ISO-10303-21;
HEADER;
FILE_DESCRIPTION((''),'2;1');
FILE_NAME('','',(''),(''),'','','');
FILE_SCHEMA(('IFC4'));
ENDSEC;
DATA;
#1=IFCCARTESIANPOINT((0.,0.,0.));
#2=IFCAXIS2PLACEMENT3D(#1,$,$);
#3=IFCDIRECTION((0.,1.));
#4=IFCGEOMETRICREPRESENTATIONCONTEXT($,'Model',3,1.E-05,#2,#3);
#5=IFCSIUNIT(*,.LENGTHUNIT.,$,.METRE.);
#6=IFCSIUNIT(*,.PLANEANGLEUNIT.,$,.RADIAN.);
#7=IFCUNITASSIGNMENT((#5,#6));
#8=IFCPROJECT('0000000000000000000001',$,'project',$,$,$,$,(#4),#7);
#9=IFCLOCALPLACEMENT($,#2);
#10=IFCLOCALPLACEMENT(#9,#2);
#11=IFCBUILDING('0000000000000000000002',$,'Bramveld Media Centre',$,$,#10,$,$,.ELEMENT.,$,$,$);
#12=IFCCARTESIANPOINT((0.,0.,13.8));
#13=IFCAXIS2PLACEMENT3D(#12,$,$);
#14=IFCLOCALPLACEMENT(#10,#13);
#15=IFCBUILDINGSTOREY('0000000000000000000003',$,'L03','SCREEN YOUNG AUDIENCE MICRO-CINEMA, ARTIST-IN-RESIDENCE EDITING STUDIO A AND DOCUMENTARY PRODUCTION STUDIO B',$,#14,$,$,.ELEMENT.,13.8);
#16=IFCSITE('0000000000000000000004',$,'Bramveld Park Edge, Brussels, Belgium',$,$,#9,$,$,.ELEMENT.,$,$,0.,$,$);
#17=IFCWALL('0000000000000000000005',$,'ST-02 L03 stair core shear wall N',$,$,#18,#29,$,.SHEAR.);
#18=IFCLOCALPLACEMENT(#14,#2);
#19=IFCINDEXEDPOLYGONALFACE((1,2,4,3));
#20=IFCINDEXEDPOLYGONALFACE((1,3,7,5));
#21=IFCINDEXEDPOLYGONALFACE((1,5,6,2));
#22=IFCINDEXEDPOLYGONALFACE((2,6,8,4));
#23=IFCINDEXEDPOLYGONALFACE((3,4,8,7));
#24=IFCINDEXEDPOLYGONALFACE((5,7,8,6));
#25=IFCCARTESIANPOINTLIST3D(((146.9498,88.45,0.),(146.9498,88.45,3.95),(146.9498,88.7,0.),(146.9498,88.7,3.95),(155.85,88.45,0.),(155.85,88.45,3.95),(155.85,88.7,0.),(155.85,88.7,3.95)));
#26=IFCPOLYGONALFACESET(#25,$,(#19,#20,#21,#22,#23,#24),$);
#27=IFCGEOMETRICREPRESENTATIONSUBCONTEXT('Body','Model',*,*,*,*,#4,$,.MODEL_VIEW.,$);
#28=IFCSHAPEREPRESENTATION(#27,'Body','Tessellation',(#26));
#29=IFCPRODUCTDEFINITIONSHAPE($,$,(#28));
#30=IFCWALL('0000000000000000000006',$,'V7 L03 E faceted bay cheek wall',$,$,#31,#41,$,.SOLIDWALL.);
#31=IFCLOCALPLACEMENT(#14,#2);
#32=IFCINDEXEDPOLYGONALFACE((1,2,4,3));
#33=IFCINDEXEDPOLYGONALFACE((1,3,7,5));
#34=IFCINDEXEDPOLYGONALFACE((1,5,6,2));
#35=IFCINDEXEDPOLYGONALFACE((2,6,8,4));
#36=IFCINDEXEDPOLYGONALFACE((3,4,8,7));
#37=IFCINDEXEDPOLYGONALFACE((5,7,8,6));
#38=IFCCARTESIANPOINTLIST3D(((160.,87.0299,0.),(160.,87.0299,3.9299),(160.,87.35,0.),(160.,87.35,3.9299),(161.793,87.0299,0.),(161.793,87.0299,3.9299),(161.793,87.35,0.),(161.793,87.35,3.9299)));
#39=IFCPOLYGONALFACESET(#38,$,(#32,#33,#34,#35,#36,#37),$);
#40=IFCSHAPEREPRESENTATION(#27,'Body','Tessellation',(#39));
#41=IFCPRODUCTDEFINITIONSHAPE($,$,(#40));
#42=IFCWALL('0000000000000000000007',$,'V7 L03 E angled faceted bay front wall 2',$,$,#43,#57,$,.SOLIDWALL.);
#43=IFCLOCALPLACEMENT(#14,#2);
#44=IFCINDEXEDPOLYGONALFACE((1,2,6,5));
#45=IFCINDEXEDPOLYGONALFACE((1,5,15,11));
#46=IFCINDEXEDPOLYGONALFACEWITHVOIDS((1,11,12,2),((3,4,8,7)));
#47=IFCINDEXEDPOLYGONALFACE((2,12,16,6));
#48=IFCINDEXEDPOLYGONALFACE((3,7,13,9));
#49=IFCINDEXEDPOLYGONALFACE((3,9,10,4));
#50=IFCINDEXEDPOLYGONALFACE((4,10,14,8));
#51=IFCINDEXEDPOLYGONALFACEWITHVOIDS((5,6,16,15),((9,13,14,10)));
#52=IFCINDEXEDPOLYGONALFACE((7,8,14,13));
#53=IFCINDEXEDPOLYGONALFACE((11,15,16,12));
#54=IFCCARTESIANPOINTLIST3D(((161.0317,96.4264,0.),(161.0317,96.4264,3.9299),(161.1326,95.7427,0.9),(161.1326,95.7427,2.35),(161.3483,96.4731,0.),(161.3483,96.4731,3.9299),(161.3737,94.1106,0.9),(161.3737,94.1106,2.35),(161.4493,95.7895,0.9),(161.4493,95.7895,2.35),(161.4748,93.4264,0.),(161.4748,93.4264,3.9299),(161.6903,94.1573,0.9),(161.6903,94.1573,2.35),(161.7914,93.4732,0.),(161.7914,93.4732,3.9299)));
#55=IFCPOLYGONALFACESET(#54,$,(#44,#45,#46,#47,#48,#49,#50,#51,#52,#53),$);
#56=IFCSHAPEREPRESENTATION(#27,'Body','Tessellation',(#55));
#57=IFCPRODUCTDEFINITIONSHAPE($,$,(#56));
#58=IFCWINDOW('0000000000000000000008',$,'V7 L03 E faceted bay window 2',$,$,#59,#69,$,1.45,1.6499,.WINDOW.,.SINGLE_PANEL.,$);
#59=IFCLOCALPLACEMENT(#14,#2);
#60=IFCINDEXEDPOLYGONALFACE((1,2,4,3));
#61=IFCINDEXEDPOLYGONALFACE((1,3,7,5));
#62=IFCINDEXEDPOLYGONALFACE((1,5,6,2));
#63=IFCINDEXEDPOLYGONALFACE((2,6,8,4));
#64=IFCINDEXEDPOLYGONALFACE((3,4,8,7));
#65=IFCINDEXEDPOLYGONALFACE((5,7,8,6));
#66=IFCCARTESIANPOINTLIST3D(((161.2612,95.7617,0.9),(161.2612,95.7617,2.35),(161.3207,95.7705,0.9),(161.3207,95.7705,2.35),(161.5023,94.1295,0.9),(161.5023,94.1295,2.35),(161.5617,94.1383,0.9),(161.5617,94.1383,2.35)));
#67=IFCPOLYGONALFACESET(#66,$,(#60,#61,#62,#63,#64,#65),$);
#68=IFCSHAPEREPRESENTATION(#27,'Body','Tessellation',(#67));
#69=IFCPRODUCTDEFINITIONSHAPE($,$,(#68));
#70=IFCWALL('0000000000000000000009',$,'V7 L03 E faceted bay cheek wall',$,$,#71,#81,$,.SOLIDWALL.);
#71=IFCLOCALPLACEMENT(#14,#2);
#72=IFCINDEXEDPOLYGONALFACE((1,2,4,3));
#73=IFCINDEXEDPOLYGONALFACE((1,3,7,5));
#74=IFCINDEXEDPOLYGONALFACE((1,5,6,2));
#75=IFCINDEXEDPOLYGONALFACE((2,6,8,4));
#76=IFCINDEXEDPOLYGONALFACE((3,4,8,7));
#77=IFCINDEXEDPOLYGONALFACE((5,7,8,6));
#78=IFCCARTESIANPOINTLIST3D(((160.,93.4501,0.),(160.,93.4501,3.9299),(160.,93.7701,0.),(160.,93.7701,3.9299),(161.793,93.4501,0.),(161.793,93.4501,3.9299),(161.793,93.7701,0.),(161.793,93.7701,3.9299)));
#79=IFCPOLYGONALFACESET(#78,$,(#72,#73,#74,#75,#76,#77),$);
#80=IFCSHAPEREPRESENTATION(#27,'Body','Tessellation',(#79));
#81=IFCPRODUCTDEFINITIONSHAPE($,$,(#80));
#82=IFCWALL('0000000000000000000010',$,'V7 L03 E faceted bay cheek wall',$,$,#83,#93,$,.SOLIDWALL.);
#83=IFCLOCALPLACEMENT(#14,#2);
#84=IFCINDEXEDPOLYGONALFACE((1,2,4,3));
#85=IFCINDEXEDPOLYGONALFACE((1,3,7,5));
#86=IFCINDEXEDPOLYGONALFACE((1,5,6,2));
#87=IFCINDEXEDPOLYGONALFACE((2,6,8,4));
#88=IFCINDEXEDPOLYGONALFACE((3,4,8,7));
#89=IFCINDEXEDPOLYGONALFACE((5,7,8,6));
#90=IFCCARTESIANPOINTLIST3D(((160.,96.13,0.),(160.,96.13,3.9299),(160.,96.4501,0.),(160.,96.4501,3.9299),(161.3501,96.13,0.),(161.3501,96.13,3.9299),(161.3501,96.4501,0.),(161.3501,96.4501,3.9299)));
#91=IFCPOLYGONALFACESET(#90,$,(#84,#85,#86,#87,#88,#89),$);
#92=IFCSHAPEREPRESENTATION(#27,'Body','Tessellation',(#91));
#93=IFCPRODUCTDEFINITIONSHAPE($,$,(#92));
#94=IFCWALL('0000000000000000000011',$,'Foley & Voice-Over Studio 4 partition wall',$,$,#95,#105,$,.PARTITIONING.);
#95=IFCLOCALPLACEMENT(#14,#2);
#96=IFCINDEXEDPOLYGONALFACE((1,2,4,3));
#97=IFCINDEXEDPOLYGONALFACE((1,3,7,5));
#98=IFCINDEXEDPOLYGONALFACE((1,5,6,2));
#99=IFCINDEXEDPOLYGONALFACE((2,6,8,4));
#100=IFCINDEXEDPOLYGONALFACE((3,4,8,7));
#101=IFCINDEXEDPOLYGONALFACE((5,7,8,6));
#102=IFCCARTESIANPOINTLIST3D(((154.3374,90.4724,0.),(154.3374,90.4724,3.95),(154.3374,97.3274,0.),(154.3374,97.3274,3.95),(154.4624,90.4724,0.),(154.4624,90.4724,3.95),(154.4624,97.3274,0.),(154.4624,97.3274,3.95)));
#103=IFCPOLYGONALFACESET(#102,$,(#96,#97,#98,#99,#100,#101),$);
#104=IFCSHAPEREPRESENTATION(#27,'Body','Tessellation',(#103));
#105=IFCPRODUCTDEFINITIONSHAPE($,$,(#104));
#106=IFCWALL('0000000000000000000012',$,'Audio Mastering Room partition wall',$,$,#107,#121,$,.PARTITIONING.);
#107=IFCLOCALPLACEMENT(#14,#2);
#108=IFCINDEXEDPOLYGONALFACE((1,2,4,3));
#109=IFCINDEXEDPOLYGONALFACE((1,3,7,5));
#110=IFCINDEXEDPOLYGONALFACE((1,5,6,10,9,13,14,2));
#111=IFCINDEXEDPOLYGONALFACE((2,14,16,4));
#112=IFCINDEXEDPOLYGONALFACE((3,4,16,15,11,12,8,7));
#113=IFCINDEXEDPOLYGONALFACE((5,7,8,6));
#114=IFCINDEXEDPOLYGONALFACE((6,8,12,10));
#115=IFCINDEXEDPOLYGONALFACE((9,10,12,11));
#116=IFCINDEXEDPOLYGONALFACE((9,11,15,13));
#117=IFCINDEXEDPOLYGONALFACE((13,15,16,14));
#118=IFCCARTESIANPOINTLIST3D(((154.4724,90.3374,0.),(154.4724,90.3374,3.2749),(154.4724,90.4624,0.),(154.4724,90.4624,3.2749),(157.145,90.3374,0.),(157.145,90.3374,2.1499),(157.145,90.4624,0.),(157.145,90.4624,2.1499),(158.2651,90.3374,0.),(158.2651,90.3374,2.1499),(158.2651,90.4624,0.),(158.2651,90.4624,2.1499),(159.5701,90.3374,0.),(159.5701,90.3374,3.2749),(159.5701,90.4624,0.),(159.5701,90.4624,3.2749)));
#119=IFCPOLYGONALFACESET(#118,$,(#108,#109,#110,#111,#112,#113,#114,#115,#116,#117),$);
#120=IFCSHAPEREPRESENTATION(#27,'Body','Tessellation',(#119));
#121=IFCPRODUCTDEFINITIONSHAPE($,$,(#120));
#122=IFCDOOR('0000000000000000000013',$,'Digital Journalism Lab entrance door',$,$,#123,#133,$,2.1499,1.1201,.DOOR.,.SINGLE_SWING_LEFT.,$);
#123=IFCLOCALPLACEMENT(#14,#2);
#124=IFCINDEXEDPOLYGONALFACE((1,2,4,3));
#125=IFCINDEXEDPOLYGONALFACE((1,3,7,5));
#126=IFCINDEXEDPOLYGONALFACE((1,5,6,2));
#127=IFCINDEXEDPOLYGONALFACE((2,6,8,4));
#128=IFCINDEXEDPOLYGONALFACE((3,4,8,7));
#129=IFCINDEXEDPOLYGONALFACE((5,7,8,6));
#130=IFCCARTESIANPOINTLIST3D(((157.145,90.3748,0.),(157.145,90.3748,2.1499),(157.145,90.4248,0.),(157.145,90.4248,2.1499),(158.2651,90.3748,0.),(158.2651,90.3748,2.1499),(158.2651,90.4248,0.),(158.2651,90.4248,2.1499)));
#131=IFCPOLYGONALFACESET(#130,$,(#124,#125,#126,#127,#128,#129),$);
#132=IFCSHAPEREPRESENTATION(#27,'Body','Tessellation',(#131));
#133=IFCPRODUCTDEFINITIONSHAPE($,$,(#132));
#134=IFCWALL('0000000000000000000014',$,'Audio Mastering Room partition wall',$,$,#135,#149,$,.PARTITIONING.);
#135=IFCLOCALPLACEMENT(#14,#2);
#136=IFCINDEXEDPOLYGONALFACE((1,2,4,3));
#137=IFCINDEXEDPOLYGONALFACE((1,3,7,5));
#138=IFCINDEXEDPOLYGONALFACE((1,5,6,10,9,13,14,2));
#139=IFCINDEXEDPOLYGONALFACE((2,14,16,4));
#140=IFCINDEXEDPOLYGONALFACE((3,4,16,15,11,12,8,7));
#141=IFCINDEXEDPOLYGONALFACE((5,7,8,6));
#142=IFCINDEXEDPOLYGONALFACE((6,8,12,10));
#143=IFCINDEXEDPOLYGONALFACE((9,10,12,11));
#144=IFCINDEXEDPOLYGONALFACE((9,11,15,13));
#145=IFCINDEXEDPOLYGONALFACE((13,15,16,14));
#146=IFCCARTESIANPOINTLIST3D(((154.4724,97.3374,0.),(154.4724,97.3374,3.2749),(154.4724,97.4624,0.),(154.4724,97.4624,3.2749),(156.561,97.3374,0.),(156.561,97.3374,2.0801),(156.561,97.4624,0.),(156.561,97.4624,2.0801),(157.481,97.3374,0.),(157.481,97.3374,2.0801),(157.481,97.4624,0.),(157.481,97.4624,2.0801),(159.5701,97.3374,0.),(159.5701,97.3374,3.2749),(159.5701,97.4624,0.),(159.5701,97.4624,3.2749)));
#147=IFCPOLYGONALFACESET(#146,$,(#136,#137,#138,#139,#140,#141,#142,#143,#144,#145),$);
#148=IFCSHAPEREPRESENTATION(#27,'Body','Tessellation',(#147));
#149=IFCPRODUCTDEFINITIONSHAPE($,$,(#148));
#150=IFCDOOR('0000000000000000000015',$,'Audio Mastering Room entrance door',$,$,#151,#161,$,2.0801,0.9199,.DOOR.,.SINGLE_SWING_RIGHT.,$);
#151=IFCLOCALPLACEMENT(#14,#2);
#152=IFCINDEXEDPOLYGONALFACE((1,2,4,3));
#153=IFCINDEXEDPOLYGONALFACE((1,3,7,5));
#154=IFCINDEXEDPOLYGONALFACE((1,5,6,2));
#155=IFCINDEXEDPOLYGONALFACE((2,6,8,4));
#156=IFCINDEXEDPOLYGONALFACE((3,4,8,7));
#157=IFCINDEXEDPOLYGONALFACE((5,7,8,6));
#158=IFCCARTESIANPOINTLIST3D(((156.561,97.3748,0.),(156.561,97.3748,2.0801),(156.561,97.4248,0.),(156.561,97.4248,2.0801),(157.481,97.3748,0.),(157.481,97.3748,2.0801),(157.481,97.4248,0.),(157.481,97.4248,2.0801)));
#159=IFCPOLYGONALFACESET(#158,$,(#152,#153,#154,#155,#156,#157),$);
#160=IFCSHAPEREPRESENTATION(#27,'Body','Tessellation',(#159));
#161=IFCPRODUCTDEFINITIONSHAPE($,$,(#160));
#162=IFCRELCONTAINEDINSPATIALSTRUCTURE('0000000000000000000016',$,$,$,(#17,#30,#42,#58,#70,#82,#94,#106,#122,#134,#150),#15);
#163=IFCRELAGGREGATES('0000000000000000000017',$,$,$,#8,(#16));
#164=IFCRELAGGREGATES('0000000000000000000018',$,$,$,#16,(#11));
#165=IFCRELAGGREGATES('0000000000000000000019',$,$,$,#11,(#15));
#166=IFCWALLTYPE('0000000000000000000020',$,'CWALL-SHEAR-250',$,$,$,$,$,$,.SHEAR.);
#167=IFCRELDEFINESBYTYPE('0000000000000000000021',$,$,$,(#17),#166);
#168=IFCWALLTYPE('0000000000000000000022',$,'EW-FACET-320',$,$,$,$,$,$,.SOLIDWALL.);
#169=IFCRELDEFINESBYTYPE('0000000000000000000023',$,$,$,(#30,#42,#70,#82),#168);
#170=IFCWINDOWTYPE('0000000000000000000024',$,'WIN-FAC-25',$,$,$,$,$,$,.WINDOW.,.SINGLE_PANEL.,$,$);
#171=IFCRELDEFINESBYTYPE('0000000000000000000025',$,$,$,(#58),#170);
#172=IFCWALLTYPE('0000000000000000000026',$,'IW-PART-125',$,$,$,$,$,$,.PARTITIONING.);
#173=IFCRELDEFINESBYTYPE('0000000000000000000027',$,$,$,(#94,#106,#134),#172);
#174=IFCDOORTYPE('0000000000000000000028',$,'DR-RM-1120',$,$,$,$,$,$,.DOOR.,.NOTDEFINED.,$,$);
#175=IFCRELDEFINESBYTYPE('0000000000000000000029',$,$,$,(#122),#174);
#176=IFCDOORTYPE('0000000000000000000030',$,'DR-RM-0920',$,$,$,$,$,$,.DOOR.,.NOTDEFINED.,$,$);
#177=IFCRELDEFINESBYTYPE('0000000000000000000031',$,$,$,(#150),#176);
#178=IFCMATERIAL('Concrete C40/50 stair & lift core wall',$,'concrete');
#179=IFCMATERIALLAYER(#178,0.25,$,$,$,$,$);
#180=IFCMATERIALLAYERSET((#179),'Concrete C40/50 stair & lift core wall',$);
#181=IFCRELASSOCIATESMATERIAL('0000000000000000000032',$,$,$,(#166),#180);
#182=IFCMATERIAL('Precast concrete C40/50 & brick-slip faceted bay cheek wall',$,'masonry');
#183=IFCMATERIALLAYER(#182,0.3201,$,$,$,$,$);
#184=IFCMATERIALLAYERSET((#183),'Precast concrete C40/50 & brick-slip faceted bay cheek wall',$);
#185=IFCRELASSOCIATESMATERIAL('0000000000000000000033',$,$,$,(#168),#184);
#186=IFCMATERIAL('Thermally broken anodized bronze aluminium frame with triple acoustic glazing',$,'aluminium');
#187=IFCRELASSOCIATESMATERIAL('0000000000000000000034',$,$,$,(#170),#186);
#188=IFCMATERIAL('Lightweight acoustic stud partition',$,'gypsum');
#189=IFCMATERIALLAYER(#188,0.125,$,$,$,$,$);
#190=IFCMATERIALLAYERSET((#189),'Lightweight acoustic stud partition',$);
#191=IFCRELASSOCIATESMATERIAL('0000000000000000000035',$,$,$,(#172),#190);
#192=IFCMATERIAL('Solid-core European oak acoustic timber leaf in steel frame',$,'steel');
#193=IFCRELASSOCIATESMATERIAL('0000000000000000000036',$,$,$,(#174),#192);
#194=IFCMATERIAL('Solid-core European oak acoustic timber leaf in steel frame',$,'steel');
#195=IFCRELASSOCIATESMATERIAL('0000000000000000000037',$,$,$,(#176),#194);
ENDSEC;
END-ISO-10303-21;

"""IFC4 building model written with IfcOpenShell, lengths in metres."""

from ifc_helpers import new_model, si_unit, direction, frame, frame_2d, origin, place, context, subcontext, project, spatial, rectangle, extrude, material, layer, layer_set, type_object, element, fill, save


model = new_model("IFC4")

# Units and contexts
model_context = context("Model", 3, precision=1e-05, world=origin(), true_north=direction((0.0, 1.0)))
body_context = subcontext(model_context, "Body", "Model", "MODEL_VIEW")
ifc_project = project(units=[si_unit("LENGTHUNIT", "METRE"), si_unit("PLANEANGLEUNIT", "RADIAN")], contexts=[model_context])

# Site, building, storey
site_placement = place(None, origin())
site = spatial("IfcSite", under=ifc_project, at=site_placement, Name="Bramveld Park Edge, Brussels, Belgium", CompositionType="ELEMENT", RefElevation=0.0)
building_placement = place(site_placement, origin())
building = spatial("IfcBuilding", under=site, at=building_placement, Name="Bramveld Media Centre", CompositionType="ELEMENT")
storey_placement = place(building_placement, frame((0.0, 0.0, 13.8)))
storey = spatial("IfcBuildingStorey", under=building, at=storey_placement, Name="L03", Description="SCREEN YOUNG AUDIENCE MICRO-CINEMA, ARTIST-IN-RESIDENCE EDITING STUDIO A AND DOCUMENTARY PRODUCTION STUDIO B", CompositionType="ELEMENT", Elevation=13.8)

# Walls
ifc_material_1 = material(Name="Concrete C40/50 stair & lift core wall", Category="concrete")
ifc_layer_1 = layer(ifc_material_1, 0.25)
ifc_layer_set_1 = layer_set([ifc_layer_1], Name="Concrete C40/50 stair & lift core wall")
wall_type_1 = type_object("IfcWallType", Name="CWALL-SHEAR-250", PredefinedType="SHEAR", material=ifc_layer_set_1)
wall_1_placement = place(storey_placement, frame((155.8501, 88.575, 0.0), z_axis=(0.0, 0.0, 1.0), x_axis=(-1.0, 0.0, 0.0)))
element("IfcWall", 1, at=wall_1_placement, inside=storey, type_object=wall_type_1, Name="ST-02 L03 stair core shear wall N", PredefinedType="SHEAR", context=body_context, shape_type="SweptSolid", body=[
    extrude(rectangle(XDim=8.9001, YDim=0.25, at=frame_2d((4.4502, 0.0))), origin(), (0.0, 0.0, 1.0), 3.95),
])
ifc_material_2 = material(Name="Precast concrete C40/50 & brick-slip faceted bay cheek wall", Category="masonry")
ifc_layer_2 = layer(ifc_material_2, 0.3201)
ifc_layer_set_2 = layer_set([ifc_layer_2], Name="Precast concrete C40/50 & brick-slip faceted bay cheek wall")
wall_type_2 = type_object("IfcWallType", Name="EW-FACET-320", PredefinedType="SOLIDWALL", material=ifc_layer_set_2)
wall_2_placement = place(storey_placement, frame((160.0, 87.1899, 0.0), z_axis=(0.0, 0.0, 1.0), x_axis=(1.0, 0.0, 0.0)))
element("IfcWall", 2, at=wall_2_placement, inside=storey, type_object=wall_type_2, Name="V7 L03 E faceted bay cheek wall", PredefinedType="SOLIDWALL", context=body_context, shape_type="SweptSolid", body=[
    extrude(rectangle(XDim=1.793, YDim=0.3201, at=frame_2d((0.8965, 0.0))), origin(), (0.0, 0.0, 1.0), 3.9299),
])

# Wall, opening, window
wall_3_placement = place(storey_placement, frame((161.6331, 93.45, 0.0), z_axis=(0.0, 0.0, 1.0), x_axis=(-0.14612, 0.989267, 0.0)))
wall_3 = element("IfcWall", 3, at=wall_3_placement, inside=storey, type_object=wall_type_2, Name="V7 L03 E angled faceted bay front wall 2", PredefinedType="SOLIDWALL", context=body_context, shape_type="SweptSolid", body=[
    extrude(rectangle(XDim=3.0325, YDim=0.3201, at=frame_2d((1.5161, 0.0))), origin(), (0.0, 0.0, 1.0), 3.9299),
])
opening_1_placement = place(wall_3_placement, frame((0.6914, 0.0, 0.8999)))
opening_1 = element("IfcOpeningElement", 4, at=opening_1_placement, cuts=wall_3, PredefinedType="OPENING", context=body_context, shape_type="SweptSolid", body=[
    extrude(rectangle(XDim=1.6499, YDim=1.45, at=frame_2d((0.825, 0.7251))), frame((0.0, 0.1719, 0.0), z_axis=(0.0, -1.0, 0.0), x_axis=(1.0, 0.0, 0.0)), (0.0, 0.0, 1.0), 0.344),
])
ifc_material_3 = material(Name="Thermally broken anodized bronze aluminium frame with triple acoustic glazing", Category="aluminium")
window_type = type_object("IfcWindowType", Name="WIN-FAC-25", PartitioningType="SINGLE_PANEL", PredefinedType="WINDOW", material=ifc_material_3)
window_placement = place(opening_1_placement, origin())
window = element("IfcWindow", 5, at=window_placement, inside=storey, type_object=window_type, Name="V7 L03 E faceted bay window 2", OverallHeight=1.45, OverallWidth=1.6499, PartitioningType="SINGLE_PANEL", PredefinedType="WINDOW", context=body_context, shape_type="SweptSolid", body=[
    extrude(rectangle(XDim=1.6499, YDim=1.45, at=frame_2d((0.825, 0.7251))), frame((0.0, 0.03, 0.0), z_axis=(0.0, -1.0, 0.0), x_axis=(1.0, 0.0, 0.0)), (0.0, 0.0, 1.0), 0.0601),
])
fill(opening_1, window)

# Walls
wall_4_placement = place(storey_placement, frame((160.0, 93.6101, 0.0), z_axis=(0.0, 0.0, 1.0), x_axis=(1.0, 0.0, 0.0)))
element("IfcWall", 6, at=wall_4_placement, inside=storey, type_object=wall_type_2, Name="V7 L03 E faceted bay cheek wall", PredefinedType="SOLIDWALL", context=body_context, shape_type="SweptSolid", body=[
    extrude(rectangle(XDim=1.793, YDim=0.3201, at=frame_2d((0.8965, 0.0))), origin(), (0.0, 0.0, 1.0), 3.9299),
])
wall_5_placement = place(storey_placement, frame((160.0, 96.29, 0.0), z_axis=(0.0, 0.0, 1.0), x_axis=(1.0, 0.0, 0.0)))
element("IfcWall", 7, at=wall_5_placement, inside=storey, type_object=wall_type_2, Name="V7 L03 E faceted bay cheek wall", PredefinedType="SOLIDWALL", context=body_context, shape_type="SweptSolid", body=[
    extrude(rectangle(XDim=1.3501, YDim=0.3201, at=frame_2d((0.675, 0.0))), origin(), (0.0, 0.0, 1.0), 3.9299),
])
ifc_material_4 = material(Name="Lightweight acoustic stud partition", Category="gypsum")
ifc_layer_3 = layer(ifc_material_4, 0.125)
ifc_layer_set_3 = layer_set([ifc_layer_3], Name="Lightweight acoustic stud partition")
wall_type_3 = type_object("IfcWallType", Name="IW-PART-125", PredefinedType="PARTITIONING", material=ifc_layer_set_3)
wall_6_placement = place(storey_placement, frame((154.3999, 90.4724, 0.0), z_axis=(0.0, 0.0, 1.0), x_axis=(0.0, 1.0, 0.0)))
element("IfcWall", 8, at=wall_6_placement, inside=storey, type_object=wall_type_3, Name="Foley & Voice-Over Studio 4 partition wall", PredefinedType="PARTITIONING", context=body_context, shape_type="SweptSolid", body=[
    extrude(rectangle(XDim=6.855, YDim=0.125, at=frame_2d((3.4275, 0.0))), origin(), (0.0, 0.0, 1.0), 3.95),
])

# Walls, openings, doors
wall_7_placement = place(storey_placement, frame((154.4724, 90.3999, 0.0), z_axis=(0.0, 0.0, 1.0), x_axis=(1.0, 0.0, 0.0)))
wall_7 = element("IfcWall", 9, at=wall_7_placement, inside=storey, type_object=wall_type_3, Name="Audio Mastering Room partition wall", PredefinedType="PARTITIONING", context=body_context, shape_type="SweptSolid", body=[
    extrude(rectangle(XDim=5.0977, YDim=0.125, at=frame_2d((2.5488, 0.0))), origin(), (0.0, 0.0, 1.0), 3.2749),
])
opening_2_placement = place(wall_7_placement, frame((2.6726, 0.0, 0.0)))
opening_2 = element("IfcOpeningElement", 10, at=opening_2_placement, cuts=wall_7, PredefinedType="OPENING", context=body_context, shape_type="SweptSolid", body=[
    extrude(rectangle(XDim=1.1201, YDim=2.1499, at=frame_2d((0.5601, 1.075))), frame((0.0, 0.0745, 0.0), z_axis=(0.0, -1.0, 0.0), x_axis=(1.0, 0.0, 0.0)), (0.0, 0.0, 1.0), 0.1489),
])
ifc_material_5 = material(Name="Solid-core European oak acoustic timber leaf in steel frame", Category="steel")
door_type_1 = type_object("IfcDoorType", Name="DR-RM-1120", OperationType="NOTDEFINED", PredefinedType="DOOR", material=ifc_material_5)
door_1_placement = place(opening_2_placement, origin())
door_1 = element("IfcDoor", 11, at=door_1_placement, inside=storey, type_object=door_type_1, Name="Digital Journalism Lab entrance door", OperationType="SINGLE_SWING_LEFT", OverallHeight=2.1499, OverallWidth=1.1201, PredefinedType="DOOR", context=body_context, shape_type="SweptSolid", body=[
    extrude(rectangle(XDim=1.1201, YDim=2.1499, at=frame_2d((0.5601, 1.075))), frame((0.0, 0.0249, 0.0), z_axis=(0.0, -1.0, 0.0), x_axis=(1.0, 0.0, 0.0)), (0.0, 0.0, 1.0), 0.05),
])
fill(opening_2, door_1)
wall_8_placement = place(storey_placement, frame((154.4724, 97.3999, 0.0), z_axis=(0.0, 0.0, 1.0), x_axis=(1.0, 0.0, 0.0)))
wall_8 = element("IfcWall", 12, at=wall_8_placement, inside=storey, type_object=wall_type_3, Name="Audio Mastering Room partition wall", PredefinedType="PARTITIONING", context=body_context, shape_type="SweptSolid", body=[
    extrude(rectangle(XDim=5.0977, YDim=0.125, at=frame_2d((2.5488, 0.0))), origin(), (0.0, 0.0, 1.0), 3.2749),
])
opening_3_placement = place(wall_8_placement, frame((2.0886, 0.0, 0.0)))
opening_3 = element("IfcOpeningElement", 13, at=opening_3_placement, cuts=wall_8, PredefinedType="OPENING", context=body_context, shape_type="SweptSolid", body=[
    extrude(rectangle(XDim=0.9199, YDim=2.0801, at=frame_2d((0.46, 1.04))), frame((0.0, 0.0745, 0.0), z_axis=(0.0, -1.0, 0.0), x_axis=(1.0, 0.0, 0.0)), (0.0, 0.0, 1.0), 0.1489),
])
ifc_material_6 = material(Name="Solid-core European oak acoustic timber leaf in steel frame", Category="steel")
door_type_2 = type_object("IfcDoorType", Name="DR-RM-0920", OperationType="NOTDEFINED", PredefinedType="DOOR", material=ifc_material_6)
door_2_placement = place(opening_3_placement, origin())
door_2 = element("IfcDoor", 14, at=door_2_placement, inside=storey, type_object=door_type_2, Name="Audio Mastering Room entrance door", OperationType="SINGLE_SWING_RIGHT", OverallHeight=2.0801, OverallWidth=0.9199, PredefinedType="DOOR", context=body_context, shape_type="SweptSolid", body=[
    extrude(rectangle(XDim=0.9199, YDim=2.0801, at=frame_2d((0.46, 1.04))), frame((0.0, 0.0249, 0.0), z_axis=(0.0, -1.0, 0.0), x_axis=(1.0, 0.0, 0.0)), (0.0, 0.0, 1.0), 0.05),
])
fill(opening_3, door_2)

save(model, "model.ifc")
